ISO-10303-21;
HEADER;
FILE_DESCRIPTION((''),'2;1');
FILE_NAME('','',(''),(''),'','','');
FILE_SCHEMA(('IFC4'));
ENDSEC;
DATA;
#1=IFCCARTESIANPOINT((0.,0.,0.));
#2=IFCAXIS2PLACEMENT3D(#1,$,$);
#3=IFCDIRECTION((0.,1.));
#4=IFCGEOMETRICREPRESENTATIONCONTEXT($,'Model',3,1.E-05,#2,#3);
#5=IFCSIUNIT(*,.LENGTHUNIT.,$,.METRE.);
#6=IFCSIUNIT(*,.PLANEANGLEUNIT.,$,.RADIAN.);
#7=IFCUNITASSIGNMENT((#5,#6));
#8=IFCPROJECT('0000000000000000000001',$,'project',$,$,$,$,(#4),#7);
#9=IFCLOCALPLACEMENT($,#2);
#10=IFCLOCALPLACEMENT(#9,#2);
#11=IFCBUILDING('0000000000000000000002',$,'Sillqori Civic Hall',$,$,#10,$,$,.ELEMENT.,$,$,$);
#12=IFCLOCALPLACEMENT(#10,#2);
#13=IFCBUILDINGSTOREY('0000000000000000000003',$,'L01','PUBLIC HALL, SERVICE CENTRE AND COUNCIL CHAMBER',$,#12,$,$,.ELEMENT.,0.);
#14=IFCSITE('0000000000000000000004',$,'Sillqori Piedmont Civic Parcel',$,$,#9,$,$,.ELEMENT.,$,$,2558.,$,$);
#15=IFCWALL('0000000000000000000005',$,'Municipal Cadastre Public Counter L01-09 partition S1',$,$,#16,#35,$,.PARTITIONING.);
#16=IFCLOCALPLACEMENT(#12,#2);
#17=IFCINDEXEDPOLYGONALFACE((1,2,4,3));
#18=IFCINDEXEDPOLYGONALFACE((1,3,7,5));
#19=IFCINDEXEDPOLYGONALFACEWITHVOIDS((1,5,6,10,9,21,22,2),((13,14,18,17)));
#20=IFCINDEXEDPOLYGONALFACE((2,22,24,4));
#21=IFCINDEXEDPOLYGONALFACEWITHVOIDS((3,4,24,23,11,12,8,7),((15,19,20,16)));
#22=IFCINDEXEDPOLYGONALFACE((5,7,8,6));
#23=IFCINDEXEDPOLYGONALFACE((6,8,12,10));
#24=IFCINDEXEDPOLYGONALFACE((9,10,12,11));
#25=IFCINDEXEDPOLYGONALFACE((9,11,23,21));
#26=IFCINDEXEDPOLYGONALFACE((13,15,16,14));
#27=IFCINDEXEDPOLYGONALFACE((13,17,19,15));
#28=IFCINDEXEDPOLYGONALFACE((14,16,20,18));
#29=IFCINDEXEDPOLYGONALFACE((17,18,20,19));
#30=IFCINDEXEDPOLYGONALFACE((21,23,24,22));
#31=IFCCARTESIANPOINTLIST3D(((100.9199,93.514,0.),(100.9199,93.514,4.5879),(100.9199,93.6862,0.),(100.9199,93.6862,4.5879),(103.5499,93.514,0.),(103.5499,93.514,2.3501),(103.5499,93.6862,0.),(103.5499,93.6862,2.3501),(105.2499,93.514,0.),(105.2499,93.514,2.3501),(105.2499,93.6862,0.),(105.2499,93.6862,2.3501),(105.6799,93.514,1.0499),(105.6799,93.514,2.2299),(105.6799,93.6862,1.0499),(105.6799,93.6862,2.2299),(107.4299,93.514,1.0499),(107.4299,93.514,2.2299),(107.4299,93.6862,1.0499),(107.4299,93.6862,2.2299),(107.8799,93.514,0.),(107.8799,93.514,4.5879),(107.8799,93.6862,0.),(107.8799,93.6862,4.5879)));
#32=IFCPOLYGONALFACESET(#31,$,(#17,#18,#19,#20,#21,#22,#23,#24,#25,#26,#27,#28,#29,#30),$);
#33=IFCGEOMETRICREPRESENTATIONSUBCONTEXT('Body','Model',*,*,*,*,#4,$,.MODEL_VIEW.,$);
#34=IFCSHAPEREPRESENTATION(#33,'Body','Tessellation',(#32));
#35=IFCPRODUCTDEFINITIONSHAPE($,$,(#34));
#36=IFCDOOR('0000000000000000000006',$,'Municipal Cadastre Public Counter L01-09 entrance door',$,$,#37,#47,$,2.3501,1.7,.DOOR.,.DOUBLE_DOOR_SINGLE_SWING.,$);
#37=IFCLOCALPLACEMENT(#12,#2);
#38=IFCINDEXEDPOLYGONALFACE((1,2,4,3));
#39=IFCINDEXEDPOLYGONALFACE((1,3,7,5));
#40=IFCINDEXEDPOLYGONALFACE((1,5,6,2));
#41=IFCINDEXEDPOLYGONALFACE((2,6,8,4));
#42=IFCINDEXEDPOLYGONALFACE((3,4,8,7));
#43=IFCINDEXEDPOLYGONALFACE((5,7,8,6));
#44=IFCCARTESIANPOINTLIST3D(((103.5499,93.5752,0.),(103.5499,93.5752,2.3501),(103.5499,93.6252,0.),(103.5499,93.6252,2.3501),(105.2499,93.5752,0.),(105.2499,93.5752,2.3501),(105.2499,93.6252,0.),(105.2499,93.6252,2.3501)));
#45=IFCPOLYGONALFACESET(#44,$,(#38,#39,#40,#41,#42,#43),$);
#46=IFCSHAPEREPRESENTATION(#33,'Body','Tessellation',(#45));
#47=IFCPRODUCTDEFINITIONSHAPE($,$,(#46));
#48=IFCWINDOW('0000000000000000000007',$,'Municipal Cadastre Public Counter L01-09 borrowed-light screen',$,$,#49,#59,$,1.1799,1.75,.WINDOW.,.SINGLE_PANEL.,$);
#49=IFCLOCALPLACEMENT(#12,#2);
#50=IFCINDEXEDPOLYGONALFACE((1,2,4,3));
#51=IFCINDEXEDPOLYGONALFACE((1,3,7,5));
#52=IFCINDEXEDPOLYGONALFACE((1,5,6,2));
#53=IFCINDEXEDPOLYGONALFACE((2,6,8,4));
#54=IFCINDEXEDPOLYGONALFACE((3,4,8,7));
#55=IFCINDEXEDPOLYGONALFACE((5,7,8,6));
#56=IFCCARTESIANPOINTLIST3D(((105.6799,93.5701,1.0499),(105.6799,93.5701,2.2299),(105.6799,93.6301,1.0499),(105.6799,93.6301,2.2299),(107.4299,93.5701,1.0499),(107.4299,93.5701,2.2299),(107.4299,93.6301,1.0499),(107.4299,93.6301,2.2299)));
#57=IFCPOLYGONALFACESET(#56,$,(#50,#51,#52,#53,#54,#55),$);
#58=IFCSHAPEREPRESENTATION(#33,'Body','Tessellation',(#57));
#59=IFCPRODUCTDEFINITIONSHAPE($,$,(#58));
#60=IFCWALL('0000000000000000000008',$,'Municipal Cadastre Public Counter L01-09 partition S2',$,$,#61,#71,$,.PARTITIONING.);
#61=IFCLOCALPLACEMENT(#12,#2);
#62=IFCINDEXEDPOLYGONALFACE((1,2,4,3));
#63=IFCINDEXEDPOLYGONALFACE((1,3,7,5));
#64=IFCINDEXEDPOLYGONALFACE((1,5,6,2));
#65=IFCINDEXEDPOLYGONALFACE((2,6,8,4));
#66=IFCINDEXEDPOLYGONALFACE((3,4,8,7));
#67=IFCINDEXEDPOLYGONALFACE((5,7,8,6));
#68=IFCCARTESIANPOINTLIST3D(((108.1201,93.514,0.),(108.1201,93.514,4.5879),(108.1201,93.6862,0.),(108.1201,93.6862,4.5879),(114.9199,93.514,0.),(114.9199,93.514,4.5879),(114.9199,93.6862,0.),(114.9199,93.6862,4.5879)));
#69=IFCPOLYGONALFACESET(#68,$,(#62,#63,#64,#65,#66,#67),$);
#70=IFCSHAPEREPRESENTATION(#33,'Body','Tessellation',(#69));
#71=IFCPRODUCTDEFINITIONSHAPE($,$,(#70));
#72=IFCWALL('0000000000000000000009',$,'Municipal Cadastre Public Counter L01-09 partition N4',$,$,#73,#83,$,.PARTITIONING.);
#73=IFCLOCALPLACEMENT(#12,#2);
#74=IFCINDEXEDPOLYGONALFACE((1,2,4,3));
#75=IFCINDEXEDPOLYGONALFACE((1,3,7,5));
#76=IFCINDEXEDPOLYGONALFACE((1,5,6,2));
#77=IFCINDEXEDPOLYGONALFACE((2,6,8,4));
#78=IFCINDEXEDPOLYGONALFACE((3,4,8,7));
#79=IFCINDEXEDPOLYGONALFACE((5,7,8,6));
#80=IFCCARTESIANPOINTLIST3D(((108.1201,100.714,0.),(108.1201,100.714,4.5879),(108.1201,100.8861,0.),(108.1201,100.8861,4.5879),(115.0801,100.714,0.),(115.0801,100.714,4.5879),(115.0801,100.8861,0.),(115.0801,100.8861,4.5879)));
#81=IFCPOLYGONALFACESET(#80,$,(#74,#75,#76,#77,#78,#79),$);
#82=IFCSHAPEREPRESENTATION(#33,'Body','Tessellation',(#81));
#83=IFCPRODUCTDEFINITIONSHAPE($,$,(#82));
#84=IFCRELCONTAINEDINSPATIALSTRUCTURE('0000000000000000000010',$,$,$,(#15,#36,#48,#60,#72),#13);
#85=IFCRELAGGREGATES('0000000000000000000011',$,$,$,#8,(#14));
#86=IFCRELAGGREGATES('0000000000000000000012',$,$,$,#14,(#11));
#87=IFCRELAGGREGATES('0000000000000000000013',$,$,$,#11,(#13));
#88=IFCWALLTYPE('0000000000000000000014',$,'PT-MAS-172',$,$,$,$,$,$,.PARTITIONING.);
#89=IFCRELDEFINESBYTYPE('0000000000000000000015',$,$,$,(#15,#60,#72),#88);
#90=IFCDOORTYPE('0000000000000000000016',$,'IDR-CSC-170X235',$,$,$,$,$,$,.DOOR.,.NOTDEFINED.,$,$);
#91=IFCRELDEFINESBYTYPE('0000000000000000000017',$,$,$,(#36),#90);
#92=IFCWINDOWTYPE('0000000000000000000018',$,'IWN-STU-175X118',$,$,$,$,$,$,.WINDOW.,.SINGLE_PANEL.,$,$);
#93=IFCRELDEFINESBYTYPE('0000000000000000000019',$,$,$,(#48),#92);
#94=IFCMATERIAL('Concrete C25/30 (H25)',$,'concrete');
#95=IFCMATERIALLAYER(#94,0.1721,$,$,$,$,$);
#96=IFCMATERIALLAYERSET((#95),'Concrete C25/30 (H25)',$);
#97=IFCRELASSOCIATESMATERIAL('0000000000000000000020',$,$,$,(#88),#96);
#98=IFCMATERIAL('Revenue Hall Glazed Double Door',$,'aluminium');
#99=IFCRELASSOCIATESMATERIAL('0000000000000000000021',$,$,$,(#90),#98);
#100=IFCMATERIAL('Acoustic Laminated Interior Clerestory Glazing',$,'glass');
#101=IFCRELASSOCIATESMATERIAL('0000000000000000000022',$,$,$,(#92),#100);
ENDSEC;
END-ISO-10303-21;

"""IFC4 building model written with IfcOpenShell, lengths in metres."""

from ifc_helpers import new_model, si_unit, direction, frame, frame_2d, origin, place, context, subcontext, project, spatial, rectangle, extrude, material, layer, layer_set, type_object, element, fill, save


model = new_model("IFC4")

# Units and contexts
model_context = context("Model", 3, precision=1e-05, world=origin(), true_north=direction((0.0, 1.0)))
body_context = subcontext(model_context, "Body", "Model", "MODEL_VIEW")
ifc_project = project(units=[si_unit("LENGTHUNIT", "METRE"), si_unit("PLANEANGLEUNIT", "RADIAN")], contexts=[model_context])

# Site, building, storey
site_placement = place(None, origin())
site = spatial("IfcSite", under=ifc_project, at=site_placement, Name="Sillqori Piedmont Civic Parcel", CompositionType="ELEMENT", RefElevation=2558.0)
building_placement = place(site_placement, origin())
building = spatial("IfcBuilding", under=site, at=building_placement, Name="Sillqori Civic Hall", CompositionType="ELEMENT")
storey_placement = place(building_placement, origin())
storey = spatial("IfcBuildingStorey", under=building, at=storey_placement, Name="L01", Description="PUBLIC HALL, SERVICE CENTRE AND COUNCIL CHAMBER", CompositionType="ELEMENT", Elevation=0.0)

# Wall, openings, door, window
ifc_material_1 = material(Name="Concrete C25/30 (H25)", Category="concrete")
ifc_layer = layer(ifc_material_1, 0.1721)
ifc_layer_set = layer_set([ifc_layer], Name="Concrete C25/30 (H25)")
wall_type = type_object("IfcWallType", Name="PT-MAS-172", PredefinedType="PARTITIONING", material=ifc_layer_set)
wall_1_placement = place(storey_placement, frame((107.8799, 93.6001, 0.0), z_axis=(0.0, 0.0, 1.0), x_axis=(-1.0, 0.0, 0.0)))
wall_1 = element("IfcWall", 1, at=wall_1_placement, inside=storey, type_object=wall_type, Name="Municipal Cadastre Public Counter L01-09 partition S1", PredefinedType="PARTITIONING", context=body_context, shape_type="SweptSolid", body=[
    extrude(rectangle(XDim=6.96, YDim=0.1721, at=frame_2d((3.48, 0.0))), origin(), (0.0, 0.0, 1.0), 4.5879),
])
opening_1_placement = place(wall_1_placement, frame((2.6299, 0.0, 0.0)))
opening_1 = element("IfcOpeningElement", 2, at=opening_1_placement, cuts=wall_1, PredefinedType="OPENING", context=body_context, shape_type="SweptSolid", body=[
    extrude(rectangle(XDim=1.7, YDim=2.3501, at=frame_2d((0.8501, 1.175))), frame((0.0, 0.0959, 0.0), z_axis=(0.0, -1.0, 0.0), x_axis=(1.0, 0.0, 0.0)), (0.0, 0.0, 1.0), 0.1921),
])
opening_2_placement = place(wall_1_placement, frame((0.45, 0.0, 1.05)))
opening_2 = element("IfcOpeningElement", 3, at=opening_2_placement, cuts=wall_1, PredefinedType="OPENING", context=body_context, shape_type="SweptSolid", body=[
    extrude(rectangle(XDim=1.75, YDim=1.1799, at=frame_2d((0.875, 0.5898))), frame((0.0, 0.0959, 0.0), z_axis=(0.0, -1.0, 0.0), x_axis=(1.0, 0.0, 0.0)), (0.0, 0.0, 1.0), 0.1921),
])
ifc_material_2 = material(Name="Revenue Hall Glazed Double Door", Category="aluminium")
door_type = type_object("IfcDoorType", Name="IDR-CSC-170X235", OperationType="NOTDEFINED", PredefinedType="DOOR", material=ifc_material_2)
door_placement = place(opening_1_placement, origin())
door = element("IfcDoor", 4, at=door_placement, inside=storey, type_object=door_type, Name="Municipal Cadastre Public Counter L01-09 entrance door", OperationType="DOUBLE_DOOR_SINGLE_SWING", OverallHeight=2.3501, OverallWidth=1.7, PredefinedType="DOOR", context=body_context, shape_type="SweptSolid", body=[
    extrude(rectangle(XDim=1.7, YDim=2.3501, at=frame_2d((0.8501, 1.175))), frame((0.0, 0.0249, 0.0), z_axis=(0.0, -1.0, 0.0), x_axis=(1.0, 0.0, 0.0)), (0.0, 0.0, 1.0), 0.05),
])
fill(opening_1, door)
ifc_material_3 = material(Name="Acoustic Laminated Interior Clerestory Glazing", Category="glass")
window_type = type_object("IfcWindowType", Name="IWN-STU-175X118", PartitioningType="SINGLE_PANEL", PredefinedType="WINDOW", material=ifc_material_3)
window_placement = place(opening_2_placement, origin())
window = element("IfcWindow", 5, at=window_placement, inside=storey, type_object=window_type, Name="Municipal Cadastre Public Counter L01-09 borrowed-light screen", OverallHeight=1.1799, OverallWidth=1.75, PartitioningType="SINGLE_PANEL", PredefinedType="WINDOW", context=body_context, shape_type="SweptSolid", body=[
    extrude(rectangle(XDim=1.75, YDim=1.1799, at=frame_2d((0.875, 0.5898))), frame((0.0, 0.03, 0.0), z_axis=(0.0, -1.0, 0.0), x_axis=(1.0, 0.0, 0.0)), (0.0, 0.0, 1.0), 0.0601),
])
fill(opening_2, window)

# Walls
wall_2_placement = place(storey_placement, frame((114.9199, 93.6001, 0.0), z_axis=(0.0, 0.0, 1.0), x_axis=(-1.0, 0.0, 0.0)))
element("IfcWall", 6, at=wall_2_placement, inside=storey, type_object=wall_type, Name="Municipal Cadastre Public Counter L01-09 partition S2", PredefinedType="PARTITIONING", context=body_context, shape_type="SweptSolid", body=[
    extrude(rectangle(XDim=6.7998, YDim=0.1721, at=frame_2d((3.3999, 0.0))), origin(), (0.0, 0.0, 1.0), 4.5879),
])
wall_3_placement = place(storey_placement, frame((108.1201, 100.8, 0.0), z_axis=(0.0, 0.0, 1.0), x_axis=(1.0, 0.0, 0.0)))
element("IfcWall", 7, at=wall_3_placement, inside=storey, type_object=wall_type, Name="Municipal Cadastre Public Counter L01-09 partition N4", PredefinedType="PARTITIONING", context=body_context, shape_type="SweptSolid", body=[
    extrude(rectangle(XDim=6.96, YDim=0.1721, at=frame_2d((3.48, 0.0))), origin(), (0.0, 0.0, 1.0), 4.5879),
])

save(model, "model.ifc")
